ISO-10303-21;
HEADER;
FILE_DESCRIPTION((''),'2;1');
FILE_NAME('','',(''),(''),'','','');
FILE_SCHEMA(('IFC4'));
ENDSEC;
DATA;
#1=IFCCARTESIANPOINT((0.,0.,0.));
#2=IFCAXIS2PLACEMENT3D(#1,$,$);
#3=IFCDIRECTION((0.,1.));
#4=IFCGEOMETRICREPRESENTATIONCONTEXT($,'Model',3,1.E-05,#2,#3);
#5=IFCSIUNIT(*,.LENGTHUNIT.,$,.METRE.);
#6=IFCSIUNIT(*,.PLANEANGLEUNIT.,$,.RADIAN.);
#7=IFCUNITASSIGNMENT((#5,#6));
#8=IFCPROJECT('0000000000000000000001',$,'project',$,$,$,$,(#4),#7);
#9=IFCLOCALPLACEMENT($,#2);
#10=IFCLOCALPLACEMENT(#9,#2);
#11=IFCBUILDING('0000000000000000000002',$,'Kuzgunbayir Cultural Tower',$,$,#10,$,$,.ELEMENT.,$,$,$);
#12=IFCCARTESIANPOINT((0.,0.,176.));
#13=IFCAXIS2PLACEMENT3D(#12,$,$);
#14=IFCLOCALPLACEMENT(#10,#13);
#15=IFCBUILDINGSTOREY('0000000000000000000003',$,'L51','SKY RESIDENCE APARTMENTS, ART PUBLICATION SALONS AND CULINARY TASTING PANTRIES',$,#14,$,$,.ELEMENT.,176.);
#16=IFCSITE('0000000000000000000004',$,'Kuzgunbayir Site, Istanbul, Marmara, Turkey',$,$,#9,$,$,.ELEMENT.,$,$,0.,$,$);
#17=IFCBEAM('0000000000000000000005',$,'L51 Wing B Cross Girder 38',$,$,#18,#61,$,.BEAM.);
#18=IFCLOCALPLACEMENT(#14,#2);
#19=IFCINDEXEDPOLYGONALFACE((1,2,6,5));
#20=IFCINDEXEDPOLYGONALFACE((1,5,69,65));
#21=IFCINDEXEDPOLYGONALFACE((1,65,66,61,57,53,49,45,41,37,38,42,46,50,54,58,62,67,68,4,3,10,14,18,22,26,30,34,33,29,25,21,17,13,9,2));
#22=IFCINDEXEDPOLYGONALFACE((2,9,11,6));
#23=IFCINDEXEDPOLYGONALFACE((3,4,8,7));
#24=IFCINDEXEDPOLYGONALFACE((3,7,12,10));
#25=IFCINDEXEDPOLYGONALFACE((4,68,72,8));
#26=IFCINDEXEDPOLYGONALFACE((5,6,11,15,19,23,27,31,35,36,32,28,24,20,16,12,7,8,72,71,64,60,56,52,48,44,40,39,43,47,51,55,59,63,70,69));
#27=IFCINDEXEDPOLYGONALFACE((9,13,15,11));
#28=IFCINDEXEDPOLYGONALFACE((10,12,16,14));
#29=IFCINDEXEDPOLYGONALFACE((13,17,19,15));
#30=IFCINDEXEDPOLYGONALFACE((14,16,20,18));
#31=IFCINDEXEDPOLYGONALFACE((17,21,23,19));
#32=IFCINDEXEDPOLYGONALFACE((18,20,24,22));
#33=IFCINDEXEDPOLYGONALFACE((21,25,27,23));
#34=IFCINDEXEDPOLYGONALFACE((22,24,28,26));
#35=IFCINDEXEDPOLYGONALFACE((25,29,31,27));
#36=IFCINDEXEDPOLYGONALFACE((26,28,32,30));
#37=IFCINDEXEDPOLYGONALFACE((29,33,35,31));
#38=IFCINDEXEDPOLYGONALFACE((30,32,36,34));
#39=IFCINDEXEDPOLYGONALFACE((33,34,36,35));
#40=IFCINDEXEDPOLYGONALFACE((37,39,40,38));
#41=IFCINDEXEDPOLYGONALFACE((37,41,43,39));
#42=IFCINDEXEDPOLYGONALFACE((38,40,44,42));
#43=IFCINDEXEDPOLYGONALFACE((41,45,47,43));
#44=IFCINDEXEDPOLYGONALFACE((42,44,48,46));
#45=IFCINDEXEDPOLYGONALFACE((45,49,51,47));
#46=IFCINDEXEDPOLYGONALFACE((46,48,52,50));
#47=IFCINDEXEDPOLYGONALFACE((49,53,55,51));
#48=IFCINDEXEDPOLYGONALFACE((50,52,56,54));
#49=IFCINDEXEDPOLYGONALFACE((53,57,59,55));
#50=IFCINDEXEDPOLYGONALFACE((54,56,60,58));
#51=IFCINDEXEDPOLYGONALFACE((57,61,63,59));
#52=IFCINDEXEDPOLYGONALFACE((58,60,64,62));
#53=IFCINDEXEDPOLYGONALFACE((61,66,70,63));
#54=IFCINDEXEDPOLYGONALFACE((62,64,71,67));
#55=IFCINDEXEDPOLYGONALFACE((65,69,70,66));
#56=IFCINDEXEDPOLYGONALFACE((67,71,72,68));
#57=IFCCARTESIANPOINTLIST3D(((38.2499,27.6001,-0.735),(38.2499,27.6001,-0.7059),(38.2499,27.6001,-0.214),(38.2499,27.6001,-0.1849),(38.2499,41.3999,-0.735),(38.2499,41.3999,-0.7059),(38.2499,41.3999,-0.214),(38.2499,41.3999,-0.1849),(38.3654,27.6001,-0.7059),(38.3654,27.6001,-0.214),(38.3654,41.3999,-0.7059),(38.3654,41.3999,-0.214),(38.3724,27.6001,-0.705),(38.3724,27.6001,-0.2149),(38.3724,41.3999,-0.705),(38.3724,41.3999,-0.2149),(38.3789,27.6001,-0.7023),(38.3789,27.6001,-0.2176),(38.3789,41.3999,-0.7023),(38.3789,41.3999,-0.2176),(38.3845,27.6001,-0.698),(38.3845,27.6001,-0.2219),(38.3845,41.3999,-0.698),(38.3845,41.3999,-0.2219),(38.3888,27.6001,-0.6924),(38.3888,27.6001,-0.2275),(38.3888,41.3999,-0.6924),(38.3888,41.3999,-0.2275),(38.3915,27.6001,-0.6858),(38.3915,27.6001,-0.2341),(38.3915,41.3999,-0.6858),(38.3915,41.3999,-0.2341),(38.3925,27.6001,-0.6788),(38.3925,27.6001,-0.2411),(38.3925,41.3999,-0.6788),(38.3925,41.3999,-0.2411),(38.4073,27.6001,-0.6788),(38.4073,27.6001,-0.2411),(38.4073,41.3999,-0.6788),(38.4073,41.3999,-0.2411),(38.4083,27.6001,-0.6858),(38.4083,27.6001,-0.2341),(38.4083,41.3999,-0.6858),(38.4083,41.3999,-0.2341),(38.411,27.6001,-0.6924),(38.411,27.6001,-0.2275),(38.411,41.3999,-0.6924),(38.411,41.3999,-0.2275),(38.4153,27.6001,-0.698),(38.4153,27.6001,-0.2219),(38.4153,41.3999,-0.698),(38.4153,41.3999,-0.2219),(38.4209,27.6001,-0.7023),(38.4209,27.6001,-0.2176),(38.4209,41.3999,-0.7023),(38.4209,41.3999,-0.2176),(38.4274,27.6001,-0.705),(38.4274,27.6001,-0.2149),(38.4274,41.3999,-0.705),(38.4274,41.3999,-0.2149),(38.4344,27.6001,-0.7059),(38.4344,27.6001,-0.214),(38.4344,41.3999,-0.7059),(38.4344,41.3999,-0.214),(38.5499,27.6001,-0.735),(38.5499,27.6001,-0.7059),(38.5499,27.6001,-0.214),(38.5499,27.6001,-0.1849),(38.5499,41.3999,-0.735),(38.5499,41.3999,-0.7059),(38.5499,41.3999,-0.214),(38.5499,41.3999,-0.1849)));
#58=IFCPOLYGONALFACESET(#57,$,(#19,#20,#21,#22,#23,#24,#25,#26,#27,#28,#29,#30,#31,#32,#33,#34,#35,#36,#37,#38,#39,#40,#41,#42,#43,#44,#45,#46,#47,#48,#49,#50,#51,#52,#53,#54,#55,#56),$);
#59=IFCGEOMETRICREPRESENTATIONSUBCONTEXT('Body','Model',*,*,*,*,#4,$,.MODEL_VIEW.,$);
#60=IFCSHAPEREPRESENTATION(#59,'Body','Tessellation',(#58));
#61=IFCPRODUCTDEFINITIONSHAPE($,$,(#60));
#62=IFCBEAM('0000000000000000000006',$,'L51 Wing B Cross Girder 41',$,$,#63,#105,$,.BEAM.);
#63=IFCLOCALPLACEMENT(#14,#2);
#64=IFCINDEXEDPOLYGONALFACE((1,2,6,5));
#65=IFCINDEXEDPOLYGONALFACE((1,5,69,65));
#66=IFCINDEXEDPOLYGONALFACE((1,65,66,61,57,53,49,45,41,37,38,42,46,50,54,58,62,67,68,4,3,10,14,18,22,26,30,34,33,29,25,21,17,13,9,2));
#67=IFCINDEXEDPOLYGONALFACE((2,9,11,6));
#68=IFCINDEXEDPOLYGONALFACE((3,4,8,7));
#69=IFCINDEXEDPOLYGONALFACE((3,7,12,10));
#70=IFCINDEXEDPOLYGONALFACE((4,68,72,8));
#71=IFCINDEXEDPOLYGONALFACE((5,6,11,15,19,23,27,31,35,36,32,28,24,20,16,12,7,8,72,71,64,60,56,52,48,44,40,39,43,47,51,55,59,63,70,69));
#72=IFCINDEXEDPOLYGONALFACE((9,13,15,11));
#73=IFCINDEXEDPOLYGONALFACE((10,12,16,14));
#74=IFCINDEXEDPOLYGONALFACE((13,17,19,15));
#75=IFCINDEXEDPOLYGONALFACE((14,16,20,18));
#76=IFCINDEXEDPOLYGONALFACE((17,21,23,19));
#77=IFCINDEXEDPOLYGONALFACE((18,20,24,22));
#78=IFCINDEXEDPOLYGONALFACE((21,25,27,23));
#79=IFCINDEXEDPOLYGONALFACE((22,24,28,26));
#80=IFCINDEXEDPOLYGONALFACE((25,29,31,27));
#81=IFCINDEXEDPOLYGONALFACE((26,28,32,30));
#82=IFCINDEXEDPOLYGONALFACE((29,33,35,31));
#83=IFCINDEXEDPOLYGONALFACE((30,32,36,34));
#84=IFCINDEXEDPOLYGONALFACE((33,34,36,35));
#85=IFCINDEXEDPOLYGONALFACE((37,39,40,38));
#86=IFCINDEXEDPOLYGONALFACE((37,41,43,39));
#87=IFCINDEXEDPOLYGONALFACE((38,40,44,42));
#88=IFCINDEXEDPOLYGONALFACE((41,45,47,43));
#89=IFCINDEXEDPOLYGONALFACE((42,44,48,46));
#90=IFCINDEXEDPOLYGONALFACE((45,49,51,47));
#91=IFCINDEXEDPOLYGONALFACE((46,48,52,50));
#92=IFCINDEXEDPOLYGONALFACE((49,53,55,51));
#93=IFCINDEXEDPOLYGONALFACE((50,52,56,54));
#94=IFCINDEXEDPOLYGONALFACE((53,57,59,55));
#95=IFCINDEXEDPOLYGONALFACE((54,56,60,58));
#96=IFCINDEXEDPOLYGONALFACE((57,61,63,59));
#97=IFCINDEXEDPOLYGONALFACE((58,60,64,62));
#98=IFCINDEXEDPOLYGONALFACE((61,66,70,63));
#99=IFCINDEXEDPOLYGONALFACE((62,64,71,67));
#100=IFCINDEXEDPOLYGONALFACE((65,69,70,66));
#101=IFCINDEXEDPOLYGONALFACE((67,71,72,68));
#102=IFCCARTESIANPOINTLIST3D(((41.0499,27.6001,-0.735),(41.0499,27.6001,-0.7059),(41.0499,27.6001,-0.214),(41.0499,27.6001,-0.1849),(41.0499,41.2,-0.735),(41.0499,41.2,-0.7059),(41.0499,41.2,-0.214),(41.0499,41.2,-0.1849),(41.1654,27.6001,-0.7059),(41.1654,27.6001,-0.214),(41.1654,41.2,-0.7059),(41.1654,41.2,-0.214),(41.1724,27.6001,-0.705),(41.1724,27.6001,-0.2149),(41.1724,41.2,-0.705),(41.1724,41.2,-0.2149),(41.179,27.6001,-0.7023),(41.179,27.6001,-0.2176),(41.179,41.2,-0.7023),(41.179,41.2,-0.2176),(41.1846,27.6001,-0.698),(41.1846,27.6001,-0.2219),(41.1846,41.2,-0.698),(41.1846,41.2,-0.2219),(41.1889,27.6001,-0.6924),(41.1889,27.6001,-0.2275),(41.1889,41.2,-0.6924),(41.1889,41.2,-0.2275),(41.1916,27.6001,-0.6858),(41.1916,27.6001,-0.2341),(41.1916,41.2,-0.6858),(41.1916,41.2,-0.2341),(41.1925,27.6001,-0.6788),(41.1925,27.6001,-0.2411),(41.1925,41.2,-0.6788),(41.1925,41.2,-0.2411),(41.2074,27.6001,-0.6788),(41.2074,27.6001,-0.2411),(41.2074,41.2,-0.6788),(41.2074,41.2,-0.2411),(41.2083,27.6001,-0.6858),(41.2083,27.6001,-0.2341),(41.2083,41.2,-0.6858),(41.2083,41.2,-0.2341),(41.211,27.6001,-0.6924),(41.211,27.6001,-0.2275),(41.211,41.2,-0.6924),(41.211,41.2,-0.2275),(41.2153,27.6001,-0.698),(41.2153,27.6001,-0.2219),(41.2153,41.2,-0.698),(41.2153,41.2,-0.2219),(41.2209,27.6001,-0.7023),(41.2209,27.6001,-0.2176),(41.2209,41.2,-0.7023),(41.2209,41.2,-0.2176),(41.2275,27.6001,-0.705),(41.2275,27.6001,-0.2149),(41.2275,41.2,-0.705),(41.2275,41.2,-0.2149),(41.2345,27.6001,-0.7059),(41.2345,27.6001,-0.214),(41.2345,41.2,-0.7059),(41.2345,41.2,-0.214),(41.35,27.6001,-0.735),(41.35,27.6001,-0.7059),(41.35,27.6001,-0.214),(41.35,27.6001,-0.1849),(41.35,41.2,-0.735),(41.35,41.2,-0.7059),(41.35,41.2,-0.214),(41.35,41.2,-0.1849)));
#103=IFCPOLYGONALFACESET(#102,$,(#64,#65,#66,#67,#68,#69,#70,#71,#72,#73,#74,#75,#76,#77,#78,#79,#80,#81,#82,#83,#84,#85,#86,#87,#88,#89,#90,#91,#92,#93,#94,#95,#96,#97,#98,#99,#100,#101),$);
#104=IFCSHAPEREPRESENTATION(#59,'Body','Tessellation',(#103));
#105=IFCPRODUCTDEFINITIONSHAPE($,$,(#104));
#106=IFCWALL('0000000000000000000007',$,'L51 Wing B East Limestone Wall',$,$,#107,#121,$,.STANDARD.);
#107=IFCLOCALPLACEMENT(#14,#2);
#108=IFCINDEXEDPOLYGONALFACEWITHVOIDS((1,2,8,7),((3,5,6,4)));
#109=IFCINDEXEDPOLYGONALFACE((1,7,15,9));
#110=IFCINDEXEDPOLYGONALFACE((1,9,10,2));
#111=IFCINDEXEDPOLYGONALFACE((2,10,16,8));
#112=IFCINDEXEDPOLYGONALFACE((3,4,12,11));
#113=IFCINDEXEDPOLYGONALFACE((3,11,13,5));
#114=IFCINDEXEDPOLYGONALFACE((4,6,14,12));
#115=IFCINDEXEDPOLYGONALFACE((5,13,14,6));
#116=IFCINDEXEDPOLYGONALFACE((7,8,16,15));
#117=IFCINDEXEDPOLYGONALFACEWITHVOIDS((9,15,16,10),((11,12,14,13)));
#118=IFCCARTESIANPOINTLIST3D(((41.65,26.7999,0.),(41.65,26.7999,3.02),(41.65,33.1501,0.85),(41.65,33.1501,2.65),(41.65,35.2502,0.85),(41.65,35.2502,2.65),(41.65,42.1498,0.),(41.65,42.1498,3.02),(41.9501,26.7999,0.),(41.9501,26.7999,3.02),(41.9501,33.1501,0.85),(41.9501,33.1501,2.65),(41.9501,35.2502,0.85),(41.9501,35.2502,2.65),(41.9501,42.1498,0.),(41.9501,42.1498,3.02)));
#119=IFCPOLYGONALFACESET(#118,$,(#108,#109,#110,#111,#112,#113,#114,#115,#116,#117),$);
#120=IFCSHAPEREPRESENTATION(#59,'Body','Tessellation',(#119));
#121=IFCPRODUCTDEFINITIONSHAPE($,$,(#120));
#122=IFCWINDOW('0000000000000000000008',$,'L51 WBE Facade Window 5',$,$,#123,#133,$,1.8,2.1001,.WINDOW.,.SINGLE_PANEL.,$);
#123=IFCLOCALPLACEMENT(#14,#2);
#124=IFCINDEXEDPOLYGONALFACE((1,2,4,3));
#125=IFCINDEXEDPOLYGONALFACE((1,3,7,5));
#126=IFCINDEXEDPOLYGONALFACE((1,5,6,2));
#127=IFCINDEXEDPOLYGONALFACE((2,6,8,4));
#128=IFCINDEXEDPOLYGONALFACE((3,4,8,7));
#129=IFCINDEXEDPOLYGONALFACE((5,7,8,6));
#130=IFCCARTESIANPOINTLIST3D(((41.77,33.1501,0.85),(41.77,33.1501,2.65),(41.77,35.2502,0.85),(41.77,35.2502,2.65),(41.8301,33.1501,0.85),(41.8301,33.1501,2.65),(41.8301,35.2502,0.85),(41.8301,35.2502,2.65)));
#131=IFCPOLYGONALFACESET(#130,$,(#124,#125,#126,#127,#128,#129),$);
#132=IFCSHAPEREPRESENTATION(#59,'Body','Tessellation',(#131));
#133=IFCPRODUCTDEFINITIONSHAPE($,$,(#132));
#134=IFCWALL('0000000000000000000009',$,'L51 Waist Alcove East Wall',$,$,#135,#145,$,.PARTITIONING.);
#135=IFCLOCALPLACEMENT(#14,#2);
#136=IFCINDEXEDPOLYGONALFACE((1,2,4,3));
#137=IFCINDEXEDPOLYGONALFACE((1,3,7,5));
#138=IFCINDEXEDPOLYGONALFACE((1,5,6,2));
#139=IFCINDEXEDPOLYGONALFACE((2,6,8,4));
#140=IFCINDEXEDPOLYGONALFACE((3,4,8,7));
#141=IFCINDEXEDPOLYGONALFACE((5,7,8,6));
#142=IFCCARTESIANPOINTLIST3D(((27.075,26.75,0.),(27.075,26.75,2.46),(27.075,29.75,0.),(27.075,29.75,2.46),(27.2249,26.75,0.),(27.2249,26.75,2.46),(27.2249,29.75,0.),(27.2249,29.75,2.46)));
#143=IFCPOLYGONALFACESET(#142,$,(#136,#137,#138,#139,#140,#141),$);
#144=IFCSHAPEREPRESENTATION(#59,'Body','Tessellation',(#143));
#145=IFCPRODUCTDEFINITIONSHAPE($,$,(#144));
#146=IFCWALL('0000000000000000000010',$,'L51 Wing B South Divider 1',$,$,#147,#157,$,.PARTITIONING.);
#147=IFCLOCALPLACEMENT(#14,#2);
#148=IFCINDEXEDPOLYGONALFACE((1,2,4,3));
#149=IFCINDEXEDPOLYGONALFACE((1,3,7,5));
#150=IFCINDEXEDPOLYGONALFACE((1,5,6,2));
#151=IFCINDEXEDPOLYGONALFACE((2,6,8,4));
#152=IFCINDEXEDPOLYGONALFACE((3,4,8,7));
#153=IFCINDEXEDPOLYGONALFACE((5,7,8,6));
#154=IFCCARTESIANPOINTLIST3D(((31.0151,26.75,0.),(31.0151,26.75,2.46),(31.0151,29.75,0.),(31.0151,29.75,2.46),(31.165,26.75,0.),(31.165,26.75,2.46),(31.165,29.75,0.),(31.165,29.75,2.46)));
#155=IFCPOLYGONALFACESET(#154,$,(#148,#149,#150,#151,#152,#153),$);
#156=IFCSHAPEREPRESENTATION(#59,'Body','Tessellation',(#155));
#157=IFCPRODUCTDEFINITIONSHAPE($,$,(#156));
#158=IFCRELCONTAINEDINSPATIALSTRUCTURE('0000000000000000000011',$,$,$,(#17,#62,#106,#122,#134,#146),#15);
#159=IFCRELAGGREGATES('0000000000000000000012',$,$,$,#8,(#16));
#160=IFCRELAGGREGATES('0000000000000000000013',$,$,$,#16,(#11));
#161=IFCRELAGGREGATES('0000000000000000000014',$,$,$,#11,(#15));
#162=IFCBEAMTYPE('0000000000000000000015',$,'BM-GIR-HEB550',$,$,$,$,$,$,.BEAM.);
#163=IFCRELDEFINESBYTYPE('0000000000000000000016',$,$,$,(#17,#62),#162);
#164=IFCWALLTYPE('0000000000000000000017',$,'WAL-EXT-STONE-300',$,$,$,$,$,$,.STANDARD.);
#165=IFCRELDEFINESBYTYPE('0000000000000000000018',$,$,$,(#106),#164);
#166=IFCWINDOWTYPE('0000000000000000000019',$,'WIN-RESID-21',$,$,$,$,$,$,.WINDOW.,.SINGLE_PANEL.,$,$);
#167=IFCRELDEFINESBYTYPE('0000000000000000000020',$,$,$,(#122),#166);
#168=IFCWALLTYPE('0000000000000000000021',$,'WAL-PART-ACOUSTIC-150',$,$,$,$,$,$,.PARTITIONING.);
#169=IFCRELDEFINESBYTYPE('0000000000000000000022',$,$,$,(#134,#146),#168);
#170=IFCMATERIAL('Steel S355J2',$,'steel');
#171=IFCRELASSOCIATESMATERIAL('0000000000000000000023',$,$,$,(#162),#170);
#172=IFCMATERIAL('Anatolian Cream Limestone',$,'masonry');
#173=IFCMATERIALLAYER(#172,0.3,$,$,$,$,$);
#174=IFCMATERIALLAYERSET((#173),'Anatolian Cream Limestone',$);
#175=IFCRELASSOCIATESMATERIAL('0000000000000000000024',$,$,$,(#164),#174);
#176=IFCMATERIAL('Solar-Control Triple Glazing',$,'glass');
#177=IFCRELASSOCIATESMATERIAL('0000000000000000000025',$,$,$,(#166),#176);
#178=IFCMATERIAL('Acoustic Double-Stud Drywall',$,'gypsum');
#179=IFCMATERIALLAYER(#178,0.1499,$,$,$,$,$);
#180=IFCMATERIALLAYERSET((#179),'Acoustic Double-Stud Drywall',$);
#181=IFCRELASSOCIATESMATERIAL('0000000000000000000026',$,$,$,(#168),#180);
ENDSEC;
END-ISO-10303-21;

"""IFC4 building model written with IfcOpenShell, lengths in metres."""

from ifc_helpers import new_model, si_unit, direction, frame, frame_2d, origin, origin_2d, place, context, subcontext, project, spatial, rectangle, i_section, extrude, material, layer, layer_set, material_profile, profile_set, type_object, element, fill, save


model = new_model("IFC4")

# Units and contexts
model_context = context("Model", 3, precision=1e-05, world=origin(), true_north=direction((0.0, 1.0)))
body_context = subcontext(model_context, "Body", "Model", "MODEL_VIEW")
ifc_project = project(units=[si_unit("LENGTHUNIT", "METRE"), si_unit("PLANEANGLEUNIT", "RADIAN")], contexts=[model_context])

# Site, building, storey
site_placement = place(None, origin())
site = spatial("IfcSite", under=ifc_project, at=site_placement, Name="Kuzgunbayir Site, Istanbul, Marmara, Turkey", CompositionType="ELEMENT", RefElevation=0.0)
building_placement = place(site_placement, origin())
building = spatial("IfcBuilding", under=site, at=building_placement, Name="Kuzgunbayir Cultural Tower", CompositionType="ELEMENT")
storey_placement = place(building_placement, frame((0.0, 0.0, 176.0)))
storey = spatial("IfcBuildingStorey", under=building, at=storey_placement, Name="L51", Description="SKY RESIDENCE APARTMENTS, ART PUBLICATION SALONS AND CULINARY TASTING PANTRIES", CompositionType="ELEMENT", Elevation=176.0)

# Beams
ifc_material_1 = material(Name="Steel S355J2", Category="steel")
ifc_material_profile_1 = material_profile(ifc_material_1, i_section(OverallWidth=0.3, OverallDepth=0.55, WebThickness=0.0149, FlangeThickness=0.0291, FilletRadius=0.0271, at=origin_2d()), Name="HEB 550")
ifc_profile_set_1 = profile_set([ifc_material_profile_1], Name="Steel S355J2")
beam_type_1 = type_object("IfcBeamType", Name="BM-GIR-HEB550", PredefinedType="BEAM", material=ifc_profile_set_1)
beam_1_placement = place(storey_placement, frame((38.3999, 27.6001, -0.46), z_axis=(0.0, 1.0, 0.0), x_axis=(-1.0, 0.0, 0.0)))
element("IfcBeam", 1, at=beam_1_placement, inside=storey, type_object=beam_type_1, Name="L51 Wing B Cross Girder 38", PredefinedType="BEAM", context=body_context, shape_type="SweptSolid", body=[
    extrude(i_section(OverallWidth=0.3, OverallDepth=0.55, WebThickness=0.0149, FlangeThickness=0.0291, FilletRadius=0.0271, at=origin_2d()), origin(), (0.0, 0.0, 1.0), 13.7998),
])
beam_2_placement = place(storey_placement, frame((41.2, 27.6001, -0.46), z_axis=(0.0, 1.0, 0.0), x_axis=(-1.0, 0.0, 0.0)))
element("IfcBeam", 2, at=beam_2_placement, inside=storey, type_object=beam_type_1, Name="L51 Wing B Cross Girder 41", PredefinedType="BEAM", context=body_context, shape_type="SweptSolid", body=[
    extrude(i_section(OverallWidth=0.3, OverallDepth=0.55, WebThickness=0.0149, FlangeThickness=0.0291, FilletRadius=0.0271, at=origin_2d()), origin(), (0.0, 0.0, 1.0), 13.5999),
])

# Wall, opening, window
ifc_material_2 = material(Name="Anatolian Cream Limestone", Category="masonry")
ifc_layer_1 = layer(ifc_material_2, 0.3)
ifc_layer_set_1 = layer_set([ifc_layer_1], Name="Anatolian Cream Limestone")
wall_type_1 = type_object("IfcWallType", Name="WAL-EXT-STONE-300", PredefinedType="STANDARD", material=ifc_layer_set_1)
wall_1_placement = place(storey_placement, frame((41.8, 26.8, 0.0), z_axis=(0.0, 0.0, 1.0), x_axis=(0.0, 1.0, 0.0)))
wall_1 = element("IfcWall", 3, at=wall_1_placement, inside=storey, type_object=wall_type_1, Name="L51 Wing B East Limestone Wall", PredefinedType="STANDARD", context=body_context, shape_type="SweptSolid", body=[
    extrude(rectangle(XDim=15.3499, YDim=0.3, at=frame_2d((7.6748, 0.0))), origin(), (0.0, 0.0, 1.0), 3.02),
])
opening_1_placement = place(wall_1_placement, frame((6.3501, 0.0, 0.8501)))
opening_1 = element("IfcOpeningElement", 4, at=opening_1_placement, cuts=wall_1, PredefinedType="OPENING", context=body_context, shape_type="SweptSolid", body=[
    extrude(rectangle(XDim=2.1001, YDim=1.8, at=frame_2d((1.05, 0.8999))), frame((0.0, 0.1602, 0.0), z_axis=(0.0, -1.0, 0.0), x_axis=(1.0, 0.0, 0.0)), (0.0, 0.0, 1.0), 0.3201),
])
ifc_material_3 = material(Name="Solar-Control Triple Glazing", Category="glass")
window_type = type_object("IfcWindowType", Name="WIN-RESID-21", PartitioningType="SINGLE_PANEL", PredefinedType="WINDOW", material=ifc_material_3)
window_placement = place(opening_1_placement, origin())
window = element("IfcWindow", 5, at=window_placement, inside=storey, type_object=window_type, Name="L51 WBE Facade Window 5", OverallHeight=1.8, OverallWidth=2.1001, PartitioningType="SINGLE_PANEL", PredefinedType="WINDOW", context=body_context, shape_type="SweptSolid", body=[
    extrude(rectangle(XDim=2.1001, YDim=1.8, at=frame_2d((1.05, 0.8999))), frame((0.0, 0.03, 0.0), z_axis=(0.0, -1.0, 0.0), x_axis=(1.0, 0.0, 0.0)), (0.0, 0.0, 1.0), 0.0601),
])
fill(opening_1, window)

# Walls
ifc_material_4 = material(Name="Acoustic Double-Stud Drywall", Category="gypsum")
ifc_layer_2 = layer(ifc_material_4, 0.1499)
ifc_layer_set_2 = layer_set([ifc_layer_2], Name="Acoustic Double-Stud Drywall")
wall_type_2 = type_object("IfcWallType", Name="WAL-PART-ACOUSTIC-150", PredefinedType="PARTITIONING", material=ifc_layer_set_2)
for number, where, z_axis, x_axis, name in (
    (6, (27.1499, 26.75, 0.0), (0.0, 0.0, 1.0), (0.0, 1.0, 0.0), "L51 Waist Alcove East Wall"),
    (7, (31.0901, 26.75, 0.0), (0.0, 0.0, 1.0), (0.0, 1.0, 0.0), "L51 Wing B South Divider 1"),
):
    element("IfcWall", number, at=place(storey_placement, frame(where, z_axis=z_axis, x_axis=x_axis)), inside=storey, type_object=wall_type_2, Name=name, PredefinedType="PARTITIONING", context=body_context, shape_type="SweptSolid", body=[
        extrude(rectangle(XDim=3.0, YDim=0.1499, at=frame_2d((1.5, 0.0))), origin(), (0.0, 0.0, 1.0), 2.46),
    ])

save(model, "model.ifc")
